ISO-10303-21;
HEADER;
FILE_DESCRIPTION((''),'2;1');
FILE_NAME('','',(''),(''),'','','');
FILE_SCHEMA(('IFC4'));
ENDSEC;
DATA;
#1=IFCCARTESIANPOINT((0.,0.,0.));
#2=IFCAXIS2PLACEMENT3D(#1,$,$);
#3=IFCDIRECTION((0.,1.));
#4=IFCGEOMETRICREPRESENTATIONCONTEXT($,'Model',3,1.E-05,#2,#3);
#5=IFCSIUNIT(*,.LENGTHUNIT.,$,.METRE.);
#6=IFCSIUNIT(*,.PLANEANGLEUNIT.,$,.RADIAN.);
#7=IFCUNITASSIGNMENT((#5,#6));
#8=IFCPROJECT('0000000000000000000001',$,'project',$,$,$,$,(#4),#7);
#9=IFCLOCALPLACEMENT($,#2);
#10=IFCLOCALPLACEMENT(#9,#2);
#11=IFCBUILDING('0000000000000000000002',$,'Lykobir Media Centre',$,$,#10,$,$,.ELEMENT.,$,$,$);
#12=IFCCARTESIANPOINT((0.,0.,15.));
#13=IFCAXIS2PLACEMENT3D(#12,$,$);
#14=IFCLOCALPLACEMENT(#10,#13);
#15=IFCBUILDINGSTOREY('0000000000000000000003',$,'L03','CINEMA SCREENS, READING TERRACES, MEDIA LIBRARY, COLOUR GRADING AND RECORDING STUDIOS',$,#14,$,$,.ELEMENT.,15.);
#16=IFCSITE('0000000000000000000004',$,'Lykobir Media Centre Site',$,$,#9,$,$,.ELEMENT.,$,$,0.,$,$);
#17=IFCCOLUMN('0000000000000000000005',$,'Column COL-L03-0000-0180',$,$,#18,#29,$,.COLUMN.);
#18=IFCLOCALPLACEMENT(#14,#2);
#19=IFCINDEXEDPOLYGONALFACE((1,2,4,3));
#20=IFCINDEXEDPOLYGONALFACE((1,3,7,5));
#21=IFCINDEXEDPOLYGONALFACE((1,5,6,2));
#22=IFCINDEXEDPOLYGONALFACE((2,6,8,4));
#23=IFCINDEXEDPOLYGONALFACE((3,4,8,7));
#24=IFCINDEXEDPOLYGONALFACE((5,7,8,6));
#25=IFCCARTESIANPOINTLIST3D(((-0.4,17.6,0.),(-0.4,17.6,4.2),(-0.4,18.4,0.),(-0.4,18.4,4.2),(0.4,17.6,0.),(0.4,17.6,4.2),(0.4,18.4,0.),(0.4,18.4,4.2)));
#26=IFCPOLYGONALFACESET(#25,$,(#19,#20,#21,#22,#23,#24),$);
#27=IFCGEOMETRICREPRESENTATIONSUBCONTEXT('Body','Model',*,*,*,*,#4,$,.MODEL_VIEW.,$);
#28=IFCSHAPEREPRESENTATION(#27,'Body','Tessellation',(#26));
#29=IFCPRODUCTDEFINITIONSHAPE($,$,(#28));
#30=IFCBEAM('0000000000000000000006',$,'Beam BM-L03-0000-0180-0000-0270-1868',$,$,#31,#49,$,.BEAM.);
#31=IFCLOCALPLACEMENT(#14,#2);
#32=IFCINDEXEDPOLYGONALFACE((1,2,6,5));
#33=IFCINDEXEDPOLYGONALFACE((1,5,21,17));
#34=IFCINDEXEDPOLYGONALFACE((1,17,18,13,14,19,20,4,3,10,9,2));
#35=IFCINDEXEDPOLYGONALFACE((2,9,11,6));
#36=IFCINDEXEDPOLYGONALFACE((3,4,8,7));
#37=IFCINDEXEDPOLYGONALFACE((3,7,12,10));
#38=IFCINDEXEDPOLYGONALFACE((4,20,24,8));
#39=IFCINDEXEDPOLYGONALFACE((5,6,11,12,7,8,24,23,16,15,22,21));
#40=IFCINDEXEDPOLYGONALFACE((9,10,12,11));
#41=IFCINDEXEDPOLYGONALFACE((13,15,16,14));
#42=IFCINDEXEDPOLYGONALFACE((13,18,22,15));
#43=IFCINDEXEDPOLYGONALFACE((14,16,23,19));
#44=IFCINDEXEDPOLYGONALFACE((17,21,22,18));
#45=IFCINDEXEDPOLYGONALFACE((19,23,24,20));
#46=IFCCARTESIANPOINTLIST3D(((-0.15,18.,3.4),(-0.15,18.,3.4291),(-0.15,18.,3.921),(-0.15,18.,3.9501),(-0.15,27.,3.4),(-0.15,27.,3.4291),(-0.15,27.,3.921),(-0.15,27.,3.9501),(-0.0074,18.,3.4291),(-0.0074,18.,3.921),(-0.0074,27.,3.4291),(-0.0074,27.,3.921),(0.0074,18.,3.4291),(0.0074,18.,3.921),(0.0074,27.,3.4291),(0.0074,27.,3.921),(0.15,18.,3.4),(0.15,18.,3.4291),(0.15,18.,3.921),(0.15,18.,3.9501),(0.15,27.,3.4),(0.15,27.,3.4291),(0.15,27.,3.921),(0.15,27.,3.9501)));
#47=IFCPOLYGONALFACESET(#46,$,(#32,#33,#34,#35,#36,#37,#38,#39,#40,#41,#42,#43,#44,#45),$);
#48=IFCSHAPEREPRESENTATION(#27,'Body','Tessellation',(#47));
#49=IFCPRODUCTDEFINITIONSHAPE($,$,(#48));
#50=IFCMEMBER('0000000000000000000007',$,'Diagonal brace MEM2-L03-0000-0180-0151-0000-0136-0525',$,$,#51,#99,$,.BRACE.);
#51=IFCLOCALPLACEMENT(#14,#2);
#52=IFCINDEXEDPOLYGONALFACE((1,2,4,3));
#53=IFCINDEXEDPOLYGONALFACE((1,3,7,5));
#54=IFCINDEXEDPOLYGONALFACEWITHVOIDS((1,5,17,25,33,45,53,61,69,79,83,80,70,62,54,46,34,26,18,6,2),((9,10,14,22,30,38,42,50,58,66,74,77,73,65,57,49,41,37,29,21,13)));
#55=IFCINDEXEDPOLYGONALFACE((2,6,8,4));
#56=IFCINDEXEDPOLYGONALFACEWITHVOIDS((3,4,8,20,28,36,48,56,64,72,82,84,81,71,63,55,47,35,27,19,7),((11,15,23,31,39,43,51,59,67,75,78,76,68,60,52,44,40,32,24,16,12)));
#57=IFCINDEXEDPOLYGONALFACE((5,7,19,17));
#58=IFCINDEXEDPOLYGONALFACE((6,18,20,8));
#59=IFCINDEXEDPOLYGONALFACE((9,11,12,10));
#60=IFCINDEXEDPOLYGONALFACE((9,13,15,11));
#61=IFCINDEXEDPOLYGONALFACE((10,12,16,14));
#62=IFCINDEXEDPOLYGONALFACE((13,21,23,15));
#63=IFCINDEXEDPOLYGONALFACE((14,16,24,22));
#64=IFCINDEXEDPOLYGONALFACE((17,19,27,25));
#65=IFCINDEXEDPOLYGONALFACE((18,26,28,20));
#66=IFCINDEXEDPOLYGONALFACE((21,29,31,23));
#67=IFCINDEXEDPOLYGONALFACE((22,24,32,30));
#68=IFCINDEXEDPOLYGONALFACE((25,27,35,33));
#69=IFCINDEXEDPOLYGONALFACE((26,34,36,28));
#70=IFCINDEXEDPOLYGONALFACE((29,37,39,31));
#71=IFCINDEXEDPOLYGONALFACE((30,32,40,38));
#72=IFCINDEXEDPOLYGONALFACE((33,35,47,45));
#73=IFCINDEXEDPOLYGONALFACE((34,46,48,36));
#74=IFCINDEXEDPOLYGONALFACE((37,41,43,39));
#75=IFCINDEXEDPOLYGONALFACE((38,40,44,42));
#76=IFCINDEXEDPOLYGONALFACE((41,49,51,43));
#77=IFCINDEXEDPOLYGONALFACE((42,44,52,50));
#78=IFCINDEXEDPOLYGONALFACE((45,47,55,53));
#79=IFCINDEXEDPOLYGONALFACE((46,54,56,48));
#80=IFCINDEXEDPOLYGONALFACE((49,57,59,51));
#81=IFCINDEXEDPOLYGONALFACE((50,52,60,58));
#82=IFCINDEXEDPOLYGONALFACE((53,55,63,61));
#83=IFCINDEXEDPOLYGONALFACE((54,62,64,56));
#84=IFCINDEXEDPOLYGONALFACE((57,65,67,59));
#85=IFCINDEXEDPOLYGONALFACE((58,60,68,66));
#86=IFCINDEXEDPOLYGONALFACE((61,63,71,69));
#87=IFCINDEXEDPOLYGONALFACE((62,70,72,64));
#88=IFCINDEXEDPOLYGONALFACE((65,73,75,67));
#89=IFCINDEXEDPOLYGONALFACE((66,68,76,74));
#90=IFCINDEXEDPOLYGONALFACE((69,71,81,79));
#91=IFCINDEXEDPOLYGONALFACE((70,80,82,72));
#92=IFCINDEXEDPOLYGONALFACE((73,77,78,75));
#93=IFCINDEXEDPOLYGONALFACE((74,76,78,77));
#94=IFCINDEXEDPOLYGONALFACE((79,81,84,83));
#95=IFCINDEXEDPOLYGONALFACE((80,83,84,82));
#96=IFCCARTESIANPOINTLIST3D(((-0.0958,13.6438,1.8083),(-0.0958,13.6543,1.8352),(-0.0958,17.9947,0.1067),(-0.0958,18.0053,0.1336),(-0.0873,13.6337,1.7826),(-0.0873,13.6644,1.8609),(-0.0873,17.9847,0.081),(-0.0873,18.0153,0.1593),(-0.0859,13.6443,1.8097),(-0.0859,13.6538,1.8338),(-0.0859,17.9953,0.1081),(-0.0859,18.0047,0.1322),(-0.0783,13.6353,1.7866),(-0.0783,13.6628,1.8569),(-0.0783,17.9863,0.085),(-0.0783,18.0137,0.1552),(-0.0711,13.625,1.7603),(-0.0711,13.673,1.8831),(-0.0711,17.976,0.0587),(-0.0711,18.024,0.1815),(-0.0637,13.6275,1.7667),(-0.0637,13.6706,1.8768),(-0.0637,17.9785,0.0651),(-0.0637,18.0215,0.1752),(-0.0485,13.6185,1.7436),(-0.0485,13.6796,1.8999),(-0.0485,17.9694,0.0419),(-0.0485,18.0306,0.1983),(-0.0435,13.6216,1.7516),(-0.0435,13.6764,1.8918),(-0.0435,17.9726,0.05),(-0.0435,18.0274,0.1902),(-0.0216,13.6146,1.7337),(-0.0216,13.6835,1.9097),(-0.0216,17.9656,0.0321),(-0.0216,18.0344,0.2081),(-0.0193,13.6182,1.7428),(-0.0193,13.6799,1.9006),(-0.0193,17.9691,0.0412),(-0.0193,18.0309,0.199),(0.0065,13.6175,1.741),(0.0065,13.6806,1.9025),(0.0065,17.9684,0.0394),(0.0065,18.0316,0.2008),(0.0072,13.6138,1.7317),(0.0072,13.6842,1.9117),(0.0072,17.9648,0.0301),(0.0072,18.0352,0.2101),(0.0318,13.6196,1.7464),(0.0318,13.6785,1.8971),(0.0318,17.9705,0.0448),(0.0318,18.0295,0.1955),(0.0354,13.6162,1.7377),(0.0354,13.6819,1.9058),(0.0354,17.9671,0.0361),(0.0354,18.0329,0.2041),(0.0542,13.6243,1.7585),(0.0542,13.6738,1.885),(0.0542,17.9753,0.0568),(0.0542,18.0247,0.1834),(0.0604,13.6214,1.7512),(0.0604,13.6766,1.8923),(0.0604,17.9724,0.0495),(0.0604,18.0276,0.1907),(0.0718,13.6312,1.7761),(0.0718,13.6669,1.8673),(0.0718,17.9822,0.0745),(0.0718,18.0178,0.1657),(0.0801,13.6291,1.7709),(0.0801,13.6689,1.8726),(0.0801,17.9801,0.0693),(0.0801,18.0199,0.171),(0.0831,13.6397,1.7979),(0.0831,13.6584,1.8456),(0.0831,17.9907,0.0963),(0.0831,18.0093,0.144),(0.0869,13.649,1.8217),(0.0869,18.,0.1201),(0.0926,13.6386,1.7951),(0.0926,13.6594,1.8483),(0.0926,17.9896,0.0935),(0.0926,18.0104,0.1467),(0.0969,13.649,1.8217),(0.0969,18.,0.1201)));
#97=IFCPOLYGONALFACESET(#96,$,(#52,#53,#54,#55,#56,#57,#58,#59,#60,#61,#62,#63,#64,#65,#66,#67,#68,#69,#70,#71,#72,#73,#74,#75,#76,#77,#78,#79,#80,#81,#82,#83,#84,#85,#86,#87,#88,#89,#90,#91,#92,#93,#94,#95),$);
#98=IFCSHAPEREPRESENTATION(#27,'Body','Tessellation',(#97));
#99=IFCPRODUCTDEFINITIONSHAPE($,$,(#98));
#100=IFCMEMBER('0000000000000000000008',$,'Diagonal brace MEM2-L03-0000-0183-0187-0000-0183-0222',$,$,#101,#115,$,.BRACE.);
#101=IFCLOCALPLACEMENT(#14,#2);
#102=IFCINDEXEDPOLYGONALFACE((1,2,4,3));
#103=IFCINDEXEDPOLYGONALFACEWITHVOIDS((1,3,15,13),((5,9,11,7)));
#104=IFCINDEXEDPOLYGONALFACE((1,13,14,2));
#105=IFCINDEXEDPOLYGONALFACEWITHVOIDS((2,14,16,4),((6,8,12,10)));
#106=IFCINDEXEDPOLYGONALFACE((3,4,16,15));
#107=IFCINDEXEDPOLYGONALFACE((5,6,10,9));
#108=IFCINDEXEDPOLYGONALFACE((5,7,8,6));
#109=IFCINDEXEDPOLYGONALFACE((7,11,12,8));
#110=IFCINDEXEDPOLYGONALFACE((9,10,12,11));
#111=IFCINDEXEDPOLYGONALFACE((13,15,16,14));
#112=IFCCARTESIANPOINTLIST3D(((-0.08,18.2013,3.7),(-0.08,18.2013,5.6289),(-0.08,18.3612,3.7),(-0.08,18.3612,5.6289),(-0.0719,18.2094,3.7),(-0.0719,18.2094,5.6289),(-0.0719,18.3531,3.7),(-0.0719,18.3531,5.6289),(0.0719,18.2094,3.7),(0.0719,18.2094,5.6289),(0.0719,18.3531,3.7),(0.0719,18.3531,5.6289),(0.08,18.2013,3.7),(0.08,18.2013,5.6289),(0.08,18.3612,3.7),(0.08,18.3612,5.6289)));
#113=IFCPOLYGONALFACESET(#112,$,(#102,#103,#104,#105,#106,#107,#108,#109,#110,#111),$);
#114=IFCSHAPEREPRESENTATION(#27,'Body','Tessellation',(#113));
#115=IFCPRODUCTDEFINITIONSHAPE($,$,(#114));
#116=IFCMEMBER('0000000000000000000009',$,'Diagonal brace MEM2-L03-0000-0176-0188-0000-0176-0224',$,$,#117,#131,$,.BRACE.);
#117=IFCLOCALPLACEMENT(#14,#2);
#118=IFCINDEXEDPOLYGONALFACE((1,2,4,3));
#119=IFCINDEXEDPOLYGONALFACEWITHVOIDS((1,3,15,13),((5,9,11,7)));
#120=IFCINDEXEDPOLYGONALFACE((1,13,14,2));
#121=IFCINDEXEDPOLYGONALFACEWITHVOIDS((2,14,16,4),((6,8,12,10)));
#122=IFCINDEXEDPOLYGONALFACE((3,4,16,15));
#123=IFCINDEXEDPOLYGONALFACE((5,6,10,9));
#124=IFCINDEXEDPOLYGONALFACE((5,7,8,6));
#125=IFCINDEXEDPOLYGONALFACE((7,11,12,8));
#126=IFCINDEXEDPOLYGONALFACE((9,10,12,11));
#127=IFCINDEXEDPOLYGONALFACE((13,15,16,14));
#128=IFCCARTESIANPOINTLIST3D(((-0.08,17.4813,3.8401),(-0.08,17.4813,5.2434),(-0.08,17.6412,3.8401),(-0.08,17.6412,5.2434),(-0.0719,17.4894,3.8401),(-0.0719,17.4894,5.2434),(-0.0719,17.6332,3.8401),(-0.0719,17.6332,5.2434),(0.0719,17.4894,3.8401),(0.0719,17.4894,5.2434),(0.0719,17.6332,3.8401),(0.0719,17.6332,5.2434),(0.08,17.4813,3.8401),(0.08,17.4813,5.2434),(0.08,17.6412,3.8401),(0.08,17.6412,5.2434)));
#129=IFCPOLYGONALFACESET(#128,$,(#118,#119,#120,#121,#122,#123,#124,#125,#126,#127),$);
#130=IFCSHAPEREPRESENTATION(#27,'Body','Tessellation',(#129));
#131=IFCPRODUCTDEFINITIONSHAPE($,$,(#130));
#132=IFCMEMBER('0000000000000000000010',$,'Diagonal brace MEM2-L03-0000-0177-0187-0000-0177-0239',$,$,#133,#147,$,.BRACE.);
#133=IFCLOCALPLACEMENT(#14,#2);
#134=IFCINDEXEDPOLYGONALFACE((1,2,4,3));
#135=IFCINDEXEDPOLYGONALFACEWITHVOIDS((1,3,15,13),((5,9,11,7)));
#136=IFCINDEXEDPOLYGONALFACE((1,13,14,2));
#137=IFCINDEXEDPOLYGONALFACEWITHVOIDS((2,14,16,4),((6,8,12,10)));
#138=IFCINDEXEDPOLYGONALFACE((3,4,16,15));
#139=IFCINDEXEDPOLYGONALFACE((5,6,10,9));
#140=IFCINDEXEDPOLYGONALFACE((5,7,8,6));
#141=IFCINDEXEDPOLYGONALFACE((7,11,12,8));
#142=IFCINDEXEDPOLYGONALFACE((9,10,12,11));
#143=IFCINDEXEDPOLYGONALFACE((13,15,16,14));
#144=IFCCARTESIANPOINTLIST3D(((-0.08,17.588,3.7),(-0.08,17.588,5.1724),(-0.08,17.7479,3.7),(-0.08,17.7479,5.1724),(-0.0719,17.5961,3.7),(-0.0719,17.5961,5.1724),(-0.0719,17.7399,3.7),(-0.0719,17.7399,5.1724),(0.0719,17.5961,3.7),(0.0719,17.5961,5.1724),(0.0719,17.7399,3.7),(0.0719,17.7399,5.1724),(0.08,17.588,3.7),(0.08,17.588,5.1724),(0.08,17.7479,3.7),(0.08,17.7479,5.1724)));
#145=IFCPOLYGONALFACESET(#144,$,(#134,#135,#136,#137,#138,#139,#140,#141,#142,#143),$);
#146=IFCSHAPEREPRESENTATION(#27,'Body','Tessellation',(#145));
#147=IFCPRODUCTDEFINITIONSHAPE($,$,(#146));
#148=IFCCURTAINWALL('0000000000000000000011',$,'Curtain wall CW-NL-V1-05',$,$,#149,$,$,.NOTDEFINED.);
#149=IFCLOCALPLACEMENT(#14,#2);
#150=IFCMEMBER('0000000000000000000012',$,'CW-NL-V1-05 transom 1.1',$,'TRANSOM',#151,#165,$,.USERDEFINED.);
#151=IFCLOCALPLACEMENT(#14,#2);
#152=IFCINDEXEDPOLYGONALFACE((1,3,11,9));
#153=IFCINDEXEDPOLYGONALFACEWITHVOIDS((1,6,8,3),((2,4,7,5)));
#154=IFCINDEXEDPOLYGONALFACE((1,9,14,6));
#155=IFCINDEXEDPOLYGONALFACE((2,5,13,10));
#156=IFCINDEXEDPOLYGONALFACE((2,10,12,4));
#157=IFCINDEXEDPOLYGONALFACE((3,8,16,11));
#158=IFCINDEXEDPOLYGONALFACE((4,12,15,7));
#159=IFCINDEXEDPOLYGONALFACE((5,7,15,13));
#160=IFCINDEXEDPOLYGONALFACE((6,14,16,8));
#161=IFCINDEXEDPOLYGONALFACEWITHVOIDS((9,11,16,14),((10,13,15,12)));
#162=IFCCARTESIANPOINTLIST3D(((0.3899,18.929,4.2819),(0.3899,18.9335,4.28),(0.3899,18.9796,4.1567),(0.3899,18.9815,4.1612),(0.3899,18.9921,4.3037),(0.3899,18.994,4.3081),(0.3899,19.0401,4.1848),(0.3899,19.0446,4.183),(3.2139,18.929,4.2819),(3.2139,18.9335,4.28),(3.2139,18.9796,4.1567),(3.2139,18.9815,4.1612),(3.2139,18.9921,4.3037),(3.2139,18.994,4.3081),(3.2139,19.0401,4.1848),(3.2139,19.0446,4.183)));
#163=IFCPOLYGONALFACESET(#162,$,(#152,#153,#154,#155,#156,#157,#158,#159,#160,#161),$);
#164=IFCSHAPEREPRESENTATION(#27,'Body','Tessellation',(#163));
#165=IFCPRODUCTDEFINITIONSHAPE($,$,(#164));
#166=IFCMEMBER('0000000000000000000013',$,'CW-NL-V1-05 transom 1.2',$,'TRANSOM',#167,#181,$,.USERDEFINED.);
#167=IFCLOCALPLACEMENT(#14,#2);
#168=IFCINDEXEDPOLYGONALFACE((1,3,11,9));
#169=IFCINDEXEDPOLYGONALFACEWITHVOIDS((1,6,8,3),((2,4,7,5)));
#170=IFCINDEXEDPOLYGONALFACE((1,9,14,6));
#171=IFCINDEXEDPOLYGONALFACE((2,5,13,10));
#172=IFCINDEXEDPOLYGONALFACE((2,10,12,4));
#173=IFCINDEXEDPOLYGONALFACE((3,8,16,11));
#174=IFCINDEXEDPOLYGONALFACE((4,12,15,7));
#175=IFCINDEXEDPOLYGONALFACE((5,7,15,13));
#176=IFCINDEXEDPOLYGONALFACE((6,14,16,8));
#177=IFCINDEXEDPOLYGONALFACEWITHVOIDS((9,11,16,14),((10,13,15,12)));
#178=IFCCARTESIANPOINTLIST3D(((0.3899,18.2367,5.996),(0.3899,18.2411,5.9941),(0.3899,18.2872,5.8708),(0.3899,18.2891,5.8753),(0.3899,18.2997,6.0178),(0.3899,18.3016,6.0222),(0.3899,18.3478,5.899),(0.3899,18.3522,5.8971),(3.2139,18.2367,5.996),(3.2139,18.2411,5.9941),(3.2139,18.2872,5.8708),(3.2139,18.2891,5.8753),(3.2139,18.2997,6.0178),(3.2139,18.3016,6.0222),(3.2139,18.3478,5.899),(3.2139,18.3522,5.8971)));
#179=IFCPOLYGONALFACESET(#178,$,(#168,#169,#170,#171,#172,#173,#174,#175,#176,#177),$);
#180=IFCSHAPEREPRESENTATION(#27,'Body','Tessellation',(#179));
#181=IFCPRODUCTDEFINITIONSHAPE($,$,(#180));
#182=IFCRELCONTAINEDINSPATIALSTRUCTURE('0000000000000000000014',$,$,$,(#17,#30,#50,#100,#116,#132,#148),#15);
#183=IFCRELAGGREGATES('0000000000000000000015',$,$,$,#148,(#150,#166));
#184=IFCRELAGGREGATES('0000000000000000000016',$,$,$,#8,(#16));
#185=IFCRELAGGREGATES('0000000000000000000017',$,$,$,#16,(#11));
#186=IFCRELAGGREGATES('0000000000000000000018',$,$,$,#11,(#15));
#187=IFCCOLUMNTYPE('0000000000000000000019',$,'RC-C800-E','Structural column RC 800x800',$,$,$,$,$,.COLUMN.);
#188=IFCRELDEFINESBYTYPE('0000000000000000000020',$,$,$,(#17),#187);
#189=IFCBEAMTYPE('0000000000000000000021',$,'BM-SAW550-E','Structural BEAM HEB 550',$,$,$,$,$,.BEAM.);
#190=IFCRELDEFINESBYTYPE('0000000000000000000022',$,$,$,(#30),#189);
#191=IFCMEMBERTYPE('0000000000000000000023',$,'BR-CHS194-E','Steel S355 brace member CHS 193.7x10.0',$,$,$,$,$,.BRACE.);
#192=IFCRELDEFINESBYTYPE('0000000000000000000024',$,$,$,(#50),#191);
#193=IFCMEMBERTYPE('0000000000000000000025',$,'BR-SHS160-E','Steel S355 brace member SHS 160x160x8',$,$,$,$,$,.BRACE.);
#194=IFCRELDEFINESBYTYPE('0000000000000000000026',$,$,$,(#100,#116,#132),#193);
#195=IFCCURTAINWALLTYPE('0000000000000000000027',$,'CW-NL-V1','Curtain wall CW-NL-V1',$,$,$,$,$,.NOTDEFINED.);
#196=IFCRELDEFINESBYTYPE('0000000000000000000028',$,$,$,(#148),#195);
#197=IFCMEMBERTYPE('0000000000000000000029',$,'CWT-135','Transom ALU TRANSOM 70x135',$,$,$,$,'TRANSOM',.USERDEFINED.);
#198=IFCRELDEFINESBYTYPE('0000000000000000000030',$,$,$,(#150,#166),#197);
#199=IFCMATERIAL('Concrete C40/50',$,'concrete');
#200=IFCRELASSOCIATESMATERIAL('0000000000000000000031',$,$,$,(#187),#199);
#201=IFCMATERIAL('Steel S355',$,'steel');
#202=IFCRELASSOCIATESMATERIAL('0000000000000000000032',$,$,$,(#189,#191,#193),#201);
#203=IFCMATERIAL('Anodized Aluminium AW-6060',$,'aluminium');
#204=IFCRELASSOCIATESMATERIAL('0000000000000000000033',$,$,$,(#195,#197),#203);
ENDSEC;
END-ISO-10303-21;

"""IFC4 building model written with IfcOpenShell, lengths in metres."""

from ifc_helpers import new_model, si_unit, direction, frame, origin, origin_2d, place, context, subcontext, project, spatial, rectangle, hollow_rectangle, hollow_circle, i_section, extrude, material, material_profile, profile_set, type_object, element, aggregate, save


model = new_model("IFC4")

# Units and contexts
model_context = context("Model", 3, precision=1e-05, world=origin(), true_north=direction((0.0, 1.0)))
body_context = subcontext(model_context, "Body", "Model", "MODEL_VIEW")
ifc_project = project(units=[si_unit("LENGTHUNIT", "METRE"), si_unit("PLANEANGLEUNIT", "RADIAN")], contexts=[model_context])

# Site, building, storey
site_placement = place(None, origin())
site = spatial("IfcSite", under=ifc_project, at=site_placement, Name="Lykobir Media Centre Site", CompositionType="ELEMENT", RefElevation=0.0)
building_placement = place(site_placement, origin())
building = spatial("IfcBuilding", under=site, at=building_placement, Name="Lykobir Media Centre", CompositionType="ELEMENT")
storey_placement = place(building_placement, frame((0.0, 0.0, 15.0)))
storey = spatial("IfcBuildingStorey", under=building, at=storey_placement, Name="L03", Description="CINEMA SCREENS, READING TERRACES, MEDIA LIBRARY, COLOUR GRADING AND RECORDING STUDIOS", CompositionType="ELEMENT", Elevation=15.0)

# Column
ifc_material_1 = material(Name="Concrete C40/50", Category="concrete")
ifc_material_profile_1 = material_profile(ifc_material_1, rectangle(XDim=0.8, YDim=0.8, at=origin_2d()), Name="RC 800x800")
ifc_profile_set_1 = profile_set([ifc_material_profile_1], Name="Concrete C40/50")
column_type = type_object("IfcColumnType", Name="RC-C800-E", Description="Structural column RC 800x800", PredefinedType="COLUMN", material=ifc_profile_set_1)
column_placement = place(storey_placement, frame((0.0, 18.0, 0.0), z_axis=(0.0, 0.0, 1.0), x_axis=(1.0, 0.0, 0.0)))
element("IfcColumn", 1, at=column_placement, inside=storey, type_object=column_type, Name="Column COL-L03-0000-0180", PredefinedType="COLUMN", context=body_context, shape_type="SweptSolid", body=[
    extrude(rectangle(XDim=0.8, YDim=0.8, at=origin_2d()), origin(), (0.0, 0.0, 1.0), 4.2),
])

# Beam
ifc_material_2 = material(Name="Steel S355", Category="steel")
ifc_material_profile_2 = material_profile(ifc_material_2, i_section(OverallWidth=0.3, OverallDepth=0.55, WebThickness=0.0149, FlangeThickness=0.0291, at=origin_2d()), Name="HEB 550")
ifc_profile_set_2 = profile_set([ifc_material_profile_2], Name="Steel S355")
beam_type_1 = type_object("IfcBeamType", Name="BM-SAW550-E", Description="Structural BEAM HEB 550", PredefinedType="BEAM", material=ifc_profile_set_2)
beam_1_placement = place(storey_placement, frame((0.0, 18.0, 3.675), z_axis=(0.0, 1.0, 0.0), x_axis=(-1.0, 0.0, 0.0)))
element("IfcBeam", 2, at=beam_1_placement, inside=storey, type_object=beam_type_1, Name="Beam BM-L03-0000-0180-0000-0270-1868", PredefinedType="BEAM", context=body_context, shape_type="SweptSolid", body=[
    extrude(i_section(OverallWidth=0.3, OverallDepth=0.55, WebThickness=0.0149, FlangeThickness=0.0291, at=origin_2d()), origin(), (0.0, 0.0, 1.0), 9.0),
])

# Members
ifc_material_profile_3 = material_profile(ifc_material_2, hollow_circle(Radius=0.0969, WallThickness=0.01, at=origin_2d()), Name="CHS 193.7x10.0")
ifc_profile_set_3 = profile_set([ifc_material_profile_3], Name="Steel S355")
member_type_1 = type_object("IfcMemberType", Name="BR-CHS194-E", Description="Steel S355 brace member CHS 193.7x10.0", PredefinedType="BRACE", material=ifc_profile_set_3)
member_1_placement = place(storey_placement, frame((0.0, 18.0, 0.1201), z_axis=(0.0, -0.931311, 0.364226), x_axis=(1.0, 0.0, 0.0)))
element("IfcMember", 3, at=member_1_placement, inside=storey, type_object=member_type_1, Name="Diagonal brace MEM2-L03-0000-0180-0151-0000-0136-0525", PredefinedType="BRACE", context=body_context, shape_type="SweptSolid", body=[
    extrude(hollow_circle(Radius=0.0969, WallThickness=0.01, at=origin_2d()), origin(), (0.0, 0.0, 1.0), 4.6719),
])
ifc_material_profile_4 = material_profile(ifc_material_2, hollow_rectangle(XDim=0.1599, YDim=0.1599, WallThickness=0.0081, at=origin_2d()), Name="SHS 160x160x8")
ifc_profile_set_4 = profile_set([ifc_material_profile_4], Name="Steel S355")
member_type_2 = type_object("IfcMemberType", Name="BR-SHS160-E", Description="Steel S355 brace member SHS 160x160x8", PredefinedType="BRACE", material=ifc_profile_set_4)
member_2_placement = place(storey_placement, frame((0.0, 18.2812, 3.7), z_axis=(0.0, 0.0, 1.0), x_axis=(1.0, 0.0, 0.0)))
element("IfcMember", 4, at=member_2_placement, inside=storey, type_object=member_type_2, Name="Diagonal brace MEM2-L03-0000-0183-0187-0000-0183-0222", PredefinedType="BRACE", context=body_context, shape_type="SweptSolid", body=[
    extrude(hollow_rectangle(XDim=0.1599, YDim=0.1599, WallThickness=0.0081, at=origin_2d()), origin(), (0.0, 0.0, 1.0), 1.929),
])
member_3_placement = place(storey_placement, frame((0.0, 17.5613, 3.8401), z_axis=(0.0, 0.0, 1.0), x_axis=(1.0, 0.0, 0.0)))
element("IfcMember", 5, at=member_3_placement, inside=storey, type_object=member_type_2, Name="Diagonal brace MEM2-L03-0000-0176-0188-0000-0176-0224", PredefinedType="BRACE", context=body_context, shape_type="SweptSolid", body=[
    extrude(hollow_rectangle(XDim=0.1599, YDim=0.1599, WallThickness=0.0081, at=origin_2d()), origin(), (0.0, 0.0, 1.0), 1.4033),
])
member_4_placement = place(storey_placement, frame((0.0, 17.668, 3.7), z_axis=(0.0, 0.0, 1.0), x_axis=(1.0, 0.0, 0.0)))
element("IfcMember", 6, at=member_4_placement, inside=storey, type_object=member_type_2, Name="Diagonal brace MEM2-L03-0000-0177-0187-0000-0177-0239", PredefinedType="BRACE", context=body_context, shape_type="SweptSolid", body=[
    extrude(hollow_rectangle(XDim=0.1599, YDim=0.1599, WallThickness=0.0081, at=origin_2d()), origin(), (0.0, 0.0, 1.0), 1.4724),
])

# Curtain wall, members
ifc_material_3 = material(Name="Anodized Aluminium AW-6060", Category="aluminium")
curtain_wall_type = type_object("IfcCurtainWallType", Name="CW-NL-V1", Description="Curtain wall CW-NL-V1", PredefinedType="NOTDEFINED", material=ifc_material_3)
curtain_wall_placement = place(storey_placement, origin())
curtain_wall = element("IfcCurtainWall", 7, at=curtain_wall_placement, inside=storey, type_object=curtain_wall_type, Name="Curtain wall CW-NL-V1-05", PredefinedType="NOTDEFINED")
ifc_material_profile_5 = material_profile(ifc_material_3, hollow_rectangle(XDim=0.0701, YDim=0.135, WallThickness=0.0034, at=origin_2d()), Name="ALU TRANSOM 70x135")
ifc_profile_set_5 = profile_set([ifc_material_profile_5], Name="Anodized Aluminium AW-6060")
member_type_3 = type_object("IfcMemberType", Name="CWT-135", Description="Transom ALU TRANSOM 70x135", ElementType="TRANSOM", PredefinedType="USERDEFINED", material=ifc_profile_set_5)
member_5_placement = place(storey_placement, frame((0.3899, 18.9868, 4.2324), z_axis=(1.0, 0.0, 0.0), x_axis=(0.0, 0.927184, 0.374607)))
member_5 = element("IfcMember", 8, at=member_5_placement, type_object=member_type_3, Name="CW-NL-V1-05 transom 1.1", ObjectType="TRANSOM", PredefinedType="USERDEFINED", context=body_context, shape_type="SweptSolid", body=[
    extrude(hollow_rectangle(XDim=0.0701, YDim=0.135, WallThickness=0.0034, at=origin_2d()), origin(), (0.0, 0.0, 1.0), 2.824),
])
member_6_placement = place(storey_placement, frame((0.3899, 18.2944, 5.9465), z_axis=(1.0, 0.0, 0.0), x_axis=(0.0, 0.927184, 0.374607)))
member_6 = element("IfcMember", 9, at=member_6_placement, type_object=member_type_3, Name="CW-NL-V1-05 transom 1.2", ObjectType="TRANSOM", PredefinedType="USERDEFINED", context=body_context, shape_type="SweptSolid", body=[
    extrude(hollow_rectangle(XDim=0.0701, YDim=0.135, WallThickness=0.0034, at=origin_2d()), origin(), (0.0, 0.0, 1.0), 2.824),
])
aggregate(curtain_wall, [member_5, member_6])

save(model, "model.ifc")
